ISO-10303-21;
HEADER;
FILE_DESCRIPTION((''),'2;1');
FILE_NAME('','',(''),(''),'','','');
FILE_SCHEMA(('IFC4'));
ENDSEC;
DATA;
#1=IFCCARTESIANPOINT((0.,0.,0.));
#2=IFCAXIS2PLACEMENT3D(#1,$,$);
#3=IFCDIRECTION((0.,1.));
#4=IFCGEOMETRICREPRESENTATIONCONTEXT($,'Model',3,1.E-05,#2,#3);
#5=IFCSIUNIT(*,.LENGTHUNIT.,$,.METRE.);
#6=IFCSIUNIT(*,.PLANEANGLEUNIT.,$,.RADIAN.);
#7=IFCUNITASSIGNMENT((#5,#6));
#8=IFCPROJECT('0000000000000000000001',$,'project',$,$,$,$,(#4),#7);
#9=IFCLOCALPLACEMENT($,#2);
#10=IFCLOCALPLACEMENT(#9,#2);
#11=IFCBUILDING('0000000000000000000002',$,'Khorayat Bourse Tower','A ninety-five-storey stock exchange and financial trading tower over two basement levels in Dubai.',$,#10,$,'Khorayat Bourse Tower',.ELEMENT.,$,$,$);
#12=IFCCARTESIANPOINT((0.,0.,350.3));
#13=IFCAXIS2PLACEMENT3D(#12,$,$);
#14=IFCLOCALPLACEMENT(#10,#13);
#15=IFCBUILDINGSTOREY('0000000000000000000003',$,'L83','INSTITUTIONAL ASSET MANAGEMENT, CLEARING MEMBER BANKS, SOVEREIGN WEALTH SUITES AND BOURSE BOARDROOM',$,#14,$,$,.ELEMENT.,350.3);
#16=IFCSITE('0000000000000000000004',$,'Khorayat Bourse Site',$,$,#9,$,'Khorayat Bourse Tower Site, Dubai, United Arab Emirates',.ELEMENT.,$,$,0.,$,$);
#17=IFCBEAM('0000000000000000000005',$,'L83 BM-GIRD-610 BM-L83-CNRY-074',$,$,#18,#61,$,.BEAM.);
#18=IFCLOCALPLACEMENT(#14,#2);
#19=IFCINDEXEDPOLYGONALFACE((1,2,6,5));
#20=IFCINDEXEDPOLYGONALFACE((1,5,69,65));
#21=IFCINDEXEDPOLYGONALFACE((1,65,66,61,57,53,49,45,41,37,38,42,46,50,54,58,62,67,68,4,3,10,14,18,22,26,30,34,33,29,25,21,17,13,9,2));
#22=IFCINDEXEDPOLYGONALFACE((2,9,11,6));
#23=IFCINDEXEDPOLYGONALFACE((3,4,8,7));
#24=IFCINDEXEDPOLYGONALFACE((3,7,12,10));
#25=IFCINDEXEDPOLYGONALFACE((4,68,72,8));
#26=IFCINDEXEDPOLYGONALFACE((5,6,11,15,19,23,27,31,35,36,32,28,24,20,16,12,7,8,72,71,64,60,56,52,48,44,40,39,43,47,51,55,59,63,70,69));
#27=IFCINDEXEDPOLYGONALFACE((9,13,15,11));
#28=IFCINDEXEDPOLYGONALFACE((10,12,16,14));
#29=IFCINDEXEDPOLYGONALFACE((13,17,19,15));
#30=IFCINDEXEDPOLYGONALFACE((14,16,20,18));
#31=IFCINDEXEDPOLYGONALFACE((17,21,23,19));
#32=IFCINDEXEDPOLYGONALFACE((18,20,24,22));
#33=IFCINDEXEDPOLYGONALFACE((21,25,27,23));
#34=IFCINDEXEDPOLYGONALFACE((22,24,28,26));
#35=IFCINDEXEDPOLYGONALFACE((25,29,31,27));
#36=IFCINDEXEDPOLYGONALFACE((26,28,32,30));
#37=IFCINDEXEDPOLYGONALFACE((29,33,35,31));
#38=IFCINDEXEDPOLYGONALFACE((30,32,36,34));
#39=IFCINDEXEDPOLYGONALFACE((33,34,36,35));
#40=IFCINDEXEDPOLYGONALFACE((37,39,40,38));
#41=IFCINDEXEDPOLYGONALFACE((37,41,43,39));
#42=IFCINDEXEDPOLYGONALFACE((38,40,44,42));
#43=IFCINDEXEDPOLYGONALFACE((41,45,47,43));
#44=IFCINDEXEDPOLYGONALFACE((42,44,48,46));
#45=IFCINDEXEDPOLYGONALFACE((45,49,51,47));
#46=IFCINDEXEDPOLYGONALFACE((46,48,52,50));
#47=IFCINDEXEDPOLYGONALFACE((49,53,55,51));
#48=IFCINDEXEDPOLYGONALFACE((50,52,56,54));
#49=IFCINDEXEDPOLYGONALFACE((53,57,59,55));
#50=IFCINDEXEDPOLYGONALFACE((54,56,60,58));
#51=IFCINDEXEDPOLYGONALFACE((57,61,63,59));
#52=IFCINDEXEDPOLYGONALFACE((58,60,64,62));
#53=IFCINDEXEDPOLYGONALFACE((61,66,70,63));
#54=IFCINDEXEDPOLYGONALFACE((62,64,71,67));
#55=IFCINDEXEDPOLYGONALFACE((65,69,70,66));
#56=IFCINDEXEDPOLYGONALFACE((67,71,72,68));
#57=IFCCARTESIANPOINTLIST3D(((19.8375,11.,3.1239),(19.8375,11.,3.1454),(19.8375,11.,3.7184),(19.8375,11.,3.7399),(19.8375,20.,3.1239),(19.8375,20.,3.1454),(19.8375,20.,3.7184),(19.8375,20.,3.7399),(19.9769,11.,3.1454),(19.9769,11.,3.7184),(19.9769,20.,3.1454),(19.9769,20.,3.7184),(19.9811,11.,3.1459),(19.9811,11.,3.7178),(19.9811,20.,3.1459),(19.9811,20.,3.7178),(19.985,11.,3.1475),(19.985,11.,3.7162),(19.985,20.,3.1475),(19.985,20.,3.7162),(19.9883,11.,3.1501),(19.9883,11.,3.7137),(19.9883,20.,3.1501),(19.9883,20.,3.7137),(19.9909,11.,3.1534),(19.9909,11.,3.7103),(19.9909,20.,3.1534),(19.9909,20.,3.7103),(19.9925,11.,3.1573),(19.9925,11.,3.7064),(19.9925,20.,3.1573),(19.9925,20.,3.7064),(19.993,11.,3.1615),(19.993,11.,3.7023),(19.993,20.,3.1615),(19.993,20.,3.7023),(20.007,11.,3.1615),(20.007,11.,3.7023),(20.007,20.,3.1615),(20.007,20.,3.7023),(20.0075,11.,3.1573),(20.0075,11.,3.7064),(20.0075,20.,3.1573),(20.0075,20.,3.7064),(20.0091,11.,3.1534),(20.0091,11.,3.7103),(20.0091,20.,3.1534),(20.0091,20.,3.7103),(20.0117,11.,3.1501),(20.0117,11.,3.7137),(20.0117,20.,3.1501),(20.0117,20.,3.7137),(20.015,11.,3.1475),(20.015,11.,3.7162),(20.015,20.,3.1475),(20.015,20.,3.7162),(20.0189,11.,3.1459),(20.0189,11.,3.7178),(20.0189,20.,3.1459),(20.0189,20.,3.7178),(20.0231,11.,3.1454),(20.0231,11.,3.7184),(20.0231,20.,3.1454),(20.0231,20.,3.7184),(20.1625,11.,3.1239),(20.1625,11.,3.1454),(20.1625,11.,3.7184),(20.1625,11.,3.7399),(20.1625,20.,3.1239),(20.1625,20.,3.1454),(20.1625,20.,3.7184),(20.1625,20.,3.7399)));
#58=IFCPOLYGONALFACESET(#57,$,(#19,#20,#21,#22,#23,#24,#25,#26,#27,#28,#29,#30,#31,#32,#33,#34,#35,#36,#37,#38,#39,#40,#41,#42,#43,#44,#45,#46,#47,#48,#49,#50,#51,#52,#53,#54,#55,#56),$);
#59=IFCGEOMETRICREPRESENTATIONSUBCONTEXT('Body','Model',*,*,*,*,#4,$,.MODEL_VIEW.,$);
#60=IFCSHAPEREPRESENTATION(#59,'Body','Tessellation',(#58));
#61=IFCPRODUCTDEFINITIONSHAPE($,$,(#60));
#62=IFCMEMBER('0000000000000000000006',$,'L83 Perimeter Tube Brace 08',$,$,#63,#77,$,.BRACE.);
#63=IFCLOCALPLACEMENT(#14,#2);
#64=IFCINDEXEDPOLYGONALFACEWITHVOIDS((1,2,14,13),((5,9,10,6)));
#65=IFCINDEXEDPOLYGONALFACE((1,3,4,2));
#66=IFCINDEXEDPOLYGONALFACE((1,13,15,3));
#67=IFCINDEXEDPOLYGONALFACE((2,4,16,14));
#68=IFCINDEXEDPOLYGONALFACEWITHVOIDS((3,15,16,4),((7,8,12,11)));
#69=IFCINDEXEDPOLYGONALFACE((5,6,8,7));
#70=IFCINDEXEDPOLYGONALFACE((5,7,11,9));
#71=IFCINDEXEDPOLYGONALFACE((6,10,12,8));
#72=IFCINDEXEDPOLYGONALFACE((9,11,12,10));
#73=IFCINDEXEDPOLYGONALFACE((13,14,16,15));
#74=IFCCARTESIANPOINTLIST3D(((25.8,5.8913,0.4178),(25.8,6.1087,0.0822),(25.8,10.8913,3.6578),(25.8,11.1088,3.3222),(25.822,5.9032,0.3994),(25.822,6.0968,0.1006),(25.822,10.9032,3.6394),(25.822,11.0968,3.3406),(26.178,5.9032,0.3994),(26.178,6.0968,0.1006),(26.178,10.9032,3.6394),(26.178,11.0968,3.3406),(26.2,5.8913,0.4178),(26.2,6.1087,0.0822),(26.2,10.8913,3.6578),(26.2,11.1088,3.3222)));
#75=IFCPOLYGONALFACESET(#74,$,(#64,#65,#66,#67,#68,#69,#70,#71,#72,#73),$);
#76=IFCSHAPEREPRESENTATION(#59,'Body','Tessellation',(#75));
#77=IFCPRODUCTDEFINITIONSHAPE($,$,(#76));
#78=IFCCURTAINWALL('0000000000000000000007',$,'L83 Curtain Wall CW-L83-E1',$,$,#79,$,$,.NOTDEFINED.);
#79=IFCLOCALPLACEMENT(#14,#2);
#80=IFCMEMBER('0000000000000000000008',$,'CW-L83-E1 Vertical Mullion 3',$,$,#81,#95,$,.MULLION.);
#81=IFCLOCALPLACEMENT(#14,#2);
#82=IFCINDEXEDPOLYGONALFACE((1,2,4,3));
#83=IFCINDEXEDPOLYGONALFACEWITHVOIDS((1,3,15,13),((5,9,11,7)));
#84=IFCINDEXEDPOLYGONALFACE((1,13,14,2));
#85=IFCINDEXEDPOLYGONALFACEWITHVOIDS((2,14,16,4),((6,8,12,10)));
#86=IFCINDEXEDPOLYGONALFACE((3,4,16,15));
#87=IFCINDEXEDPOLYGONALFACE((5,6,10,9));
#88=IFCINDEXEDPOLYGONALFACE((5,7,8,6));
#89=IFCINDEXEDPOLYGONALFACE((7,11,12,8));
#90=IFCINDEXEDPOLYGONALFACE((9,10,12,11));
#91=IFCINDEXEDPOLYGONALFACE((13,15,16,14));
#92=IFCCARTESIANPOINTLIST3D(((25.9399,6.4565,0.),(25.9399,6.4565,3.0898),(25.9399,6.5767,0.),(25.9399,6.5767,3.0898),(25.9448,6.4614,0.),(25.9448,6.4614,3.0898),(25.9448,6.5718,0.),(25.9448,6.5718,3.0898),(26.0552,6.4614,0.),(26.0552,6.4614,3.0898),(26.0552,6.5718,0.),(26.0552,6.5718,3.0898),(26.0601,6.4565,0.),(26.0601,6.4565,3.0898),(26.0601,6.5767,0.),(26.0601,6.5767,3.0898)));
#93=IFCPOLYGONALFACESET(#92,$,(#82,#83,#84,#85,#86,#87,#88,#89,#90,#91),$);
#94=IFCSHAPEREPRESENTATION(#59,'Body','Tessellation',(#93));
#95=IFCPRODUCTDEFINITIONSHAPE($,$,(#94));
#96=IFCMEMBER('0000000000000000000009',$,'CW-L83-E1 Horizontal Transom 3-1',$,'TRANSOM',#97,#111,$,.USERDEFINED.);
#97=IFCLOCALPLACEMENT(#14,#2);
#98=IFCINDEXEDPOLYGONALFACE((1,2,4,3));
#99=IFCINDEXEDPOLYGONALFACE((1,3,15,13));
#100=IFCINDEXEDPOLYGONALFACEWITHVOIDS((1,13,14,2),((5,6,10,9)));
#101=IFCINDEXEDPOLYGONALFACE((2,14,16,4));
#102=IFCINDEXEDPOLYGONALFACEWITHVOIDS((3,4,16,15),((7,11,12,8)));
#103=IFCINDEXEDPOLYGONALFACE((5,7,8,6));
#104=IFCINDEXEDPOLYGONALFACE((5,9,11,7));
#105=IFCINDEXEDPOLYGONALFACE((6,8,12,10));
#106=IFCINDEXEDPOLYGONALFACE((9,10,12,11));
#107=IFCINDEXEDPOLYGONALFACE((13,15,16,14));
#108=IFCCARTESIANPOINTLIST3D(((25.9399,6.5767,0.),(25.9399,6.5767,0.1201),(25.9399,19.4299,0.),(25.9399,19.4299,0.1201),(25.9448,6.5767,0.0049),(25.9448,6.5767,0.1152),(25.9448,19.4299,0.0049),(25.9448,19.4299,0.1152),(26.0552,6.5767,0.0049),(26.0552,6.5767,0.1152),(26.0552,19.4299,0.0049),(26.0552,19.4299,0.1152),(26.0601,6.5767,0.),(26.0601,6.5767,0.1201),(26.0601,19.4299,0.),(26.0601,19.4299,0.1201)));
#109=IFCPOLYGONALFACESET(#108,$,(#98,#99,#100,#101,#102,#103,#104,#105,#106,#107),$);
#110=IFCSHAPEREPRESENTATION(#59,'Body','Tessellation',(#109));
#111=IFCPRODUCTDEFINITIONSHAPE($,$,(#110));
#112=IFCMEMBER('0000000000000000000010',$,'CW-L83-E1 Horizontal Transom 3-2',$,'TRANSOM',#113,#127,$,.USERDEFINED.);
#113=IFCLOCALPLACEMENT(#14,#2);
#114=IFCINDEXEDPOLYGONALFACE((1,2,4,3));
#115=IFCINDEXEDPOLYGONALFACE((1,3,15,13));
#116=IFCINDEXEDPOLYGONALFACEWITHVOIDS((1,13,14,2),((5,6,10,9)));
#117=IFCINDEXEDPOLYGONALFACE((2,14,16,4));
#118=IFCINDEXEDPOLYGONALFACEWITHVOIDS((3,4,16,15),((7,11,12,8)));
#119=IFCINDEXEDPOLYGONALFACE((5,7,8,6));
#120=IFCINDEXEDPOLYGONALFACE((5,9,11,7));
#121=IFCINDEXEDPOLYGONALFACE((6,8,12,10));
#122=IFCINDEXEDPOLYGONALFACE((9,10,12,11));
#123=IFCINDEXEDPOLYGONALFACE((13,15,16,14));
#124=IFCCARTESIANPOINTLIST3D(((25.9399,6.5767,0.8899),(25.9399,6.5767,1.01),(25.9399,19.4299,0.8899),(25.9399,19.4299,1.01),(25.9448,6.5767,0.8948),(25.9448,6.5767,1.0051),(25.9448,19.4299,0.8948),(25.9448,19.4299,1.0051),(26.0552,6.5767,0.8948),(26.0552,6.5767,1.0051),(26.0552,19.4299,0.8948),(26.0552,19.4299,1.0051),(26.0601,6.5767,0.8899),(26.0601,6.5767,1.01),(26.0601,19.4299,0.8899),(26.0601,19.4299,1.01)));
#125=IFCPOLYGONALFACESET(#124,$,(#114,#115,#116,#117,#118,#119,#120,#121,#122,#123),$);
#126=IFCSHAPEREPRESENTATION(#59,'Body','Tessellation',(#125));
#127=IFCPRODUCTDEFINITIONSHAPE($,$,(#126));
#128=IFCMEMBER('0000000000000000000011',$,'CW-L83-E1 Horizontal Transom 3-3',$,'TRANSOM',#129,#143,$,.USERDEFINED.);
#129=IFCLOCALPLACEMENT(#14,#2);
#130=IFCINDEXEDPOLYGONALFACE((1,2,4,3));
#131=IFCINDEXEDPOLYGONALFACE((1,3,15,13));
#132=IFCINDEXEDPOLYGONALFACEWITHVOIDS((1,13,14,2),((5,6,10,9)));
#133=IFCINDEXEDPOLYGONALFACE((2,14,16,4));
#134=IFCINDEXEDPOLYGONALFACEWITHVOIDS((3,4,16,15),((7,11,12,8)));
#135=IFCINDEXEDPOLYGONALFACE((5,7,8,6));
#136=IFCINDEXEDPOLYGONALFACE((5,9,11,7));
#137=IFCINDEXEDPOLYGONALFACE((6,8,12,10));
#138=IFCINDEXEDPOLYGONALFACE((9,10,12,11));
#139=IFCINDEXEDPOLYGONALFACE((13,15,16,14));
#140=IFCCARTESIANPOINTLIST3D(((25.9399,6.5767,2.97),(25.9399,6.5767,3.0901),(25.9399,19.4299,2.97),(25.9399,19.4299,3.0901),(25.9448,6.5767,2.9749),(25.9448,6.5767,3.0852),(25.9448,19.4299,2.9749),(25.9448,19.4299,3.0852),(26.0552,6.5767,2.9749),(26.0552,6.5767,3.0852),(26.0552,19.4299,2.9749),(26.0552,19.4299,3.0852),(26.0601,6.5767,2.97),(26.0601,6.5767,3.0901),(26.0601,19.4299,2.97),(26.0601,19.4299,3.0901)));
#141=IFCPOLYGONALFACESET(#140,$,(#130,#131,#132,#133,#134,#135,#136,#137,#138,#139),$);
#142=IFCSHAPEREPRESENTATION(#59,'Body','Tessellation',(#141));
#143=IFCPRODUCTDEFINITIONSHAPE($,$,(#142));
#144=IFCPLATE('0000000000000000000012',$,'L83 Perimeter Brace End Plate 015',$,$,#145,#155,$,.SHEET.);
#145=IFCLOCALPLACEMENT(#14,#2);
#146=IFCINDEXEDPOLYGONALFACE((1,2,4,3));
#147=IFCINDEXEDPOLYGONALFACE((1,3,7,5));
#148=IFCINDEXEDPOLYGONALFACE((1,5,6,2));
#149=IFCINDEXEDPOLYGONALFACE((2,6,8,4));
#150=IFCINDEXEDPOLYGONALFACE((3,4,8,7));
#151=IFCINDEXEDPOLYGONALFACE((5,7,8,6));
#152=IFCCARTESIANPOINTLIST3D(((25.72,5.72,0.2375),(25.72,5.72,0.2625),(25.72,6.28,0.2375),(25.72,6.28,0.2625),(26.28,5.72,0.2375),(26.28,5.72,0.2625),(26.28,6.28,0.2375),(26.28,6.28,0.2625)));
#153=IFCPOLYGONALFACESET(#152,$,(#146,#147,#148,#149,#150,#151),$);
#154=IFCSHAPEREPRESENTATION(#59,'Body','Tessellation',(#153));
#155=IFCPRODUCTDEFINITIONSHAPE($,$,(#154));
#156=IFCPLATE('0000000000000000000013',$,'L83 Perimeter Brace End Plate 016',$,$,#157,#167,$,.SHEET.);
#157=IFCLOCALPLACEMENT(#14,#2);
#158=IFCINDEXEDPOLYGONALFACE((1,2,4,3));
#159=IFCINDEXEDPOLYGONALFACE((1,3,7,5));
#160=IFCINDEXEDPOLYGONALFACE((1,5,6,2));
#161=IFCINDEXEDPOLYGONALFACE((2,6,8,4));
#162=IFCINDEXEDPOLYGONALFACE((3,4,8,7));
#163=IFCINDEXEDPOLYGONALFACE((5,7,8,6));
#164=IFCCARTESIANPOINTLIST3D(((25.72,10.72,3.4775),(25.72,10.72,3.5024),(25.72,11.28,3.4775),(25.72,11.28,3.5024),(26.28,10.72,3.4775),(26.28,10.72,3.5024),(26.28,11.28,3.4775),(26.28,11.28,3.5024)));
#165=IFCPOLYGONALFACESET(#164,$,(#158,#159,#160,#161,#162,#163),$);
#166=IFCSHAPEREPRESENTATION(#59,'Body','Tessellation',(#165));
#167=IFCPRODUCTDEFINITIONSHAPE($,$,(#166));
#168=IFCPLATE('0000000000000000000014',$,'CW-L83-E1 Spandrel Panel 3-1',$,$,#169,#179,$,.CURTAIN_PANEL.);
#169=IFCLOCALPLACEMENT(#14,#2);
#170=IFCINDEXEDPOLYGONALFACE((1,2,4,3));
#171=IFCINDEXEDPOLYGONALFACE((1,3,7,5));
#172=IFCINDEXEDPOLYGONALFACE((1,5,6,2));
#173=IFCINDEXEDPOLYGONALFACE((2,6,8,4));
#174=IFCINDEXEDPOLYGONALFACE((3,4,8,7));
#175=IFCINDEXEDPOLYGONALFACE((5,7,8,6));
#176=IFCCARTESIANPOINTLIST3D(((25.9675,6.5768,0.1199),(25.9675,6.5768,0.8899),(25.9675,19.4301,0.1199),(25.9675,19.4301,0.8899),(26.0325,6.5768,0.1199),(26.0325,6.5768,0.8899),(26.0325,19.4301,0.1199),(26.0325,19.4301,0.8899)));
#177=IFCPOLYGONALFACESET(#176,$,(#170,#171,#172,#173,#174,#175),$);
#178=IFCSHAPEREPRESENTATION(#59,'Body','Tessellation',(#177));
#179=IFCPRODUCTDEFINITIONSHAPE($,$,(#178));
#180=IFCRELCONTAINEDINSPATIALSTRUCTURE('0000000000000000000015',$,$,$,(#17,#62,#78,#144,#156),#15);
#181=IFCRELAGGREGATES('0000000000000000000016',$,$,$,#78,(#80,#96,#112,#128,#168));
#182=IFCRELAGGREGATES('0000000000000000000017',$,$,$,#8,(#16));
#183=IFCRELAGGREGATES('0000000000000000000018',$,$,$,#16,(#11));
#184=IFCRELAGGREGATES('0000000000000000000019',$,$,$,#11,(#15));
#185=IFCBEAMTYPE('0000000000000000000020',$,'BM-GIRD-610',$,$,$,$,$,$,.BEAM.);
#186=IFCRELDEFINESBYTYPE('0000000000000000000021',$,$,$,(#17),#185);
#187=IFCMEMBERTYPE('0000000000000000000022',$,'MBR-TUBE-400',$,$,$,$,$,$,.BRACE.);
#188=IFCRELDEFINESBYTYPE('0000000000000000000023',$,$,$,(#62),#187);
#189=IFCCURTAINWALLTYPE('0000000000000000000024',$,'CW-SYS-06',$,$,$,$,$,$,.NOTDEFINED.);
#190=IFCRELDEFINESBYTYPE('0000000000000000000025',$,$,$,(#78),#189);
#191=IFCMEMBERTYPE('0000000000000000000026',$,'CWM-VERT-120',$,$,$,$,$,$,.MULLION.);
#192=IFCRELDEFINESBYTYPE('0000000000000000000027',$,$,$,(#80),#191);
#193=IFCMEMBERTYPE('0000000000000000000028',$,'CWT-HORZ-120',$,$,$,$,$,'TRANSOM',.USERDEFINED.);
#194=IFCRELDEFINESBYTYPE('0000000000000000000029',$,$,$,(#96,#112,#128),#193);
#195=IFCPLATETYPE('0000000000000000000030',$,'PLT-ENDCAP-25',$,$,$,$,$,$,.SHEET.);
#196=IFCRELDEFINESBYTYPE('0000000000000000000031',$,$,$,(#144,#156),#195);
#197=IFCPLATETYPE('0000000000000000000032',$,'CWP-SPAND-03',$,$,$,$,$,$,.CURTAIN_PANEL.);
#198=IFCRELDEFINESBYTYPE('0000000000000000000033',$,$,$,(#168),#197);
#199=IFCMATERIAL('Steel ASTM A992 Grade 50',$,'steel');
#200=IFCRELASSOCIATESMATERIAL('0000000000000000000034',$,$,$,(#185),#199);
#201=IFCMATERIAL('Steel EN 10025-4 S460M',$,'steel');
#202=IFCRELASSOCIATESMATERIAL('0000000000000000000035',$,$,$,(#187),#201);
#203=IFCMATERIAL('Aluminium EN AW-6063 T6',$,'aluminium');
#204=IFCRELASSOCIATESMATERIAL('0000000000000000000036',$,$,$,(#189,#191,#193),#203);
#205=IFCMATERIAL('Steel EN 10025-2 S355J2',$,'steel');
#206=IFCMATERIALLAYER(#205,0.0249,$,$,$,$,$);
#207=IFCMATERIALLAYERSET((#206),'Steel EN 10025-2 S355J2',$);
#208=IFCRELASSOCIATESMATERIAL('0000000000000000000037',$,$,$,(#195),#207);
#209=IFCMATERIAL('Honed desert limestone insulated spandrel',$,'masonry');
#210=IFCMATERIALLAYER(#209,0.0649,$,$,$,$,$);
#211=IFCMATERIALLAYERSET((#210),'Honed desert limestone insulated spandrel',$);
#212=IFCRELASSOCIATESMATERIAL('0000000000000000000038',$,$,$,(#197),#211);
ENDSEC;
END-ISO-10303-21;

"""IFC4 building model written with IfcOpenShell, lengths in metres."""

from ifc_helpers import new_model, si_unit, direction, frame, origin, origin_2d, place, context, subcontext, project, spatial, rectangle, hollow_rectangle, i_section, extrude, source, transform, mapped, material, layer, layer_set, material_profile, profile_set, type_object, element, aggregate, save


model = new_model("IFC4")

# Units and contexts
model_context = context("Model", 3, precision=1e-05, world=origin(), true_north=direction((0.0, 1.0)))
body_context = subcontext(model_context, "Body", "Model", "MODEL_VIEW")
ifc_project = project(units=[si_unit("LENGTHUNIT", "METRE"), si_unit("PLANEANGLEUNIT", "RADIAN")], contexts=[model_context])

# Site, building, storey
site_placement = place(None, origin())
site = spatial("IfcSite", under=ifc_project, at=site_placement, Name="Khorayat Bourse Site", LongName="Khorayat Bourse Tower Site, Dubai, United Arab Emirates", CompositionType="ELEMENT", RefElevation=0.0)
building_placement = place(site_placement, origin())
building = spatial("IfcBuilding", under=site, at=building_placement, Name="Khorayat Bourse Tower", Description="A ninety-five-storey stock exchange and financial trading tower over two basement levels in Dubai.", LongName="Khorayat Bourse Tower", CompositionType="ELEMENT")
storey_placement = place(building_placement, frame((0.0, 0.0, 350.3)))
storey = spatial("IfcBuildingStorey", under=building, at=storey_placement, Name="L83", Description="INSTITUTIONAL ASSET MANAGEMENT, CLEARING MEMBER BANKS, SOVEREIGN WEALTH SUITES AND BOURSE BOARDROOM", CompositionType="ELEMENT", Elevation=350.3)

# Shared definitions
ifc_material_1 = material(Name="Steel EN 10025-2 S355J2", Category="steel")

# Beam
ifc_material_2 = material(Name="Steel ASTM A992 Grade 50", Category="steel")
ifc_material_profile_1 = material_profile(ifc_material_2, i_section(OverallWidth=0.325, OverallDepth=0.616, WebThickness=0.0139, FlangeThickness=0.0215, FilletRadius=0.0161, at=origin_2d()), Name="W610X174")
ifc_profile_set_1 = profile_set([ifc_material_profile_1], Name="Steel ASTM A992 Grade 50")
beam_type_1 = type_object("IfcBeamType", Name="BM-GIRD-610", PredefinedType="BEAM", material=ifc_profile_set_1)
shared_shape_1 = source(origin(), body_context, "Body", "SweptSolid", [
    extrude(i_section(OverallWidth=0.325, OverallDepth=0.616, WebThickness=0.0139, FlangeThickness=0.0215, FilletRadius=0.0161, at=origin_2d()), origin(), (0.0, 0.0, 1.0), 9.0),
])
beam_1_placement = place(storey_placement, frame((20.0, 11.0, 3.4319), z_axis=(0.0, 1.0, 0.0), x_axis=(-1.0, 0.0, 0.0)))
element("IfcBeam", 1, at=beam_1_placement, inside=storey, type_object=beam_type_1, Name="L83 BM-GIRD-610 BM-L83-CNRY-074", PredefinedType="BEAM", context=body_context, shape_type="MappedRepresentation", body=[
    mapped(shared_shape_1, transform((0.0, 0.0, 0.0), scale=1.0)),
])

# Member
ifc_material_3 = material(Name="Steel EN 10025-4 S460M", Category="steel")
ifc_material_profile_2 = material_profile(ifc_material_3, hollow_rectangle(XDim=0.3999, YDim=0.3999, WallThickness=0.022, at=origin_2d()), Name="HSS 400x400x22")
ifc_profile_set_2 = profile_set([ifc_material_profile_2], Name="Steel EN 10025-4 S460M")
member_type_1 = type_object("IfcMemberType", Name="MBR-TUBE-400", PredefinedType="BRACE", material=ifc_profile_set_2)
shared_shape_2 = source(origin(), body_context, "Body", "SweptSolid", [
    extrude(hollow_rectangle(XDim=0.3999, YDim=0.3999, WallThickness=0.022, at=origin_2d()), origin(), (0.0, 0.0, 1.0), 5.958),
])
member_1_placement = place(storey_placement, frame((26.0, 6.0, 0.25), z_axis=(0.0, 0.83921, 0.543807), x_axis=(-1.0, 0.0, 0.0)))
element("IfcMember", 2, at=member_1_placement, inside=storey, type_object=member_type_1, Name="L83 Perimeter Tube Brace 08", PredefinedType="BRACE", context=body_context, shape_type="MappedRepresentation", body=[
    mapped(shared_shape_2, transform((0.0, 0.0, 0.0), scale=1.0)),
])

# Curtain wall, members
ifc_material_4 = material(Name="Aluminium EN AW-6063 T6", Category="aluminium")
curtain_wall_type = type_object("IfcCurtainWallType", Name="CW-SYS-06", PredefinedType="NOTDEFINED", material=ifc_material_4)
curtain_wall_placement = place(storey_placement, origin())
curtain_wall = element("IfcCurtainWall", 3, at=curtain_wall_placement, inside=storey, type_object=curtain_wall_type, Name="L83 Curtain Wall CW-L83-E1", PredefinedType="NOTDEFINED")
ifc_material_profile_3 = material_profile(ifc_material_4, hollow_rectangle(XDim=0.1201, YDim=0.1201, WallThickness=0.0049, at=origin_2d()), Name="ALU 120x120x5")
ifc_profile_set_3 = profile_set([ifc_material_profile_3], Name="Aluminium EN AW-6063 T6")
member_type_2 = type_object("IfcMemberType", Name="CWM-VERT-120", PredefinedType="MULLION", material=ifc_profile_set_3)
shared_shape_3 = source(origin(), body_context, "Body", "SweptSolid", [
    extrude(hollow_rectangle(XDim=0.1201, YDim=0.1201, WallThickness=0.0049, at=origin_2d()), origin(), (0.0, 0.0, 1.0), 3.0898),
])
member_2_placement = place(storey_placement, frame((26.0, 6.5166, 0.0), z_axis=(0.0, 0.0, 1.0), x_axis=(-1.0, 0.0, 0.0)))
member_2 = element("IfcMember", 4, at=member_2_placement, type_object=member_type_2, Name="CW-L83-E1 Vertical Mullion 3", PredefinedType="MULLION", context=body_context, shape_type="MappedRepresentation", body=[
    mapped(shared_shape_3, transform((0.0, 0.0, 0.0), scale=1.0)),
])
ifc_material_profile_4 = material_profile(ifc_material_4, hollow_rectangle(XDim=0.1201, YDim=0.1201, WallThickness=0.0049, at=origin_2d()), Name="ALU 120x120x5")
ifc_profile_set_4 = profile_set([ifc_material_profile_4], Name="Aluminium EN AW-6063 T6")
member_type_3 = type_object("IfcMemberType", Name="CWT-HORZ-120", ElementType="TRANSOM", PredefinedType="USERDEFINED", material=ifc_profile_set_4)
shared_shape_4 = source(origin(), body_context, "Body", "SweptSolid", [
    extrude(hollow_rectangle(XDim=0.1201, YDim=0.1201, WallThickness=0.0049, at=origin_2d()), origin(), (0.0, 0.0, 1.0), 12.8533),
])
member_3_placement = place(storey_placement, frame((26.0, 6.5767, 0.0601), z_axis=(0.0, 1.0, 0.0), x_axis=(-1.0, 0.0, 0.0)))
member_3 = element("IfcMember", 5, at=member_3_placement, type_object=member_type_3, Name="CW-L83-E1 Horizontal Transom 3-1", ObjectType="TRANSOM", PredefinedType="USERDEFINED", context=body_context, shape_type="MappedRepresentation", body=[
    mapped(shared_shape_4, transform((0.0, 0.0, 0.0), scale=1.0)),
])
member_4_placement = place(storey_placement, frame((26.0, 6.5767, 0.95), z_axis=(0.0, 1.0, 0.0), x_axis=(-1.0, 0.0, 0.0)))
member_4 = element("IfcMember", 6, at=member_4_placement, type_object=member_type_3, Name="CW-L83-E1 Horizontal Transom 3-2", ObjectType="TRANSOM", PredefinedType="USERDEFINED", context=body_context, shape_type="MappedRepresentation", body=[
    mapped(shared_shape_4, transform((0.0, 0.0, 0.0), scale=1.0)),
])
member_5_placement = place(storey_placement, frame((26.0, 6.5767, 3.03), z_axis=(0.0, 1.0, 0.0), x_axis=(-1.0, 0.0, 0.0)))
member_5 = element("IfcMember", 7, at=member_5_placement, type_object=member_type_3, Name="CW-L83-E1 Horizontal Transom 3-3", ObjectType="TRANSOM", PredefinedType="USERDEFINED", context=body_context, shape_type="MappedRepresentation", body=[
    mapped(shared_shape_4, transform((0.0, 0.0, 0.0), scale=1.0)),
])

# Plates
ifc_layer_1 = layer(ifc_material_1, 0.0249)
ifc_layer_set_1 = layer_set([ifc_layer_1], Name="Steel EN 10025-2 S355J2")
plate_type_1 = type_object("IfcPlateType", Name="PLT-ENDCAP-25", PredefinedType="SHEET", material=ifc_layer_set_1)
shared_shape_5 = source(origin(), body_context, "Body", "SweptSolid", [
    extrude(rectangle(XDim=0.5601, YDim=0.5601, at=origin_2d()), origin(), (0.0, 0.0, 1.0), 0.0249),
])
for number, where, z_axis, x_axis, name in (
    (8, (26.0, 6.0, 0.2375), (0.0, 0.0, 1.0), (1.0, 0.0, 0.0), "L83 Perimeter Brace End Plate 015"),
    (9, (26.0, 11.0, 3.4775), (0.0, 0.0, 1.0), (1.0, 0.0, 0.0), "L83 Perimeter Brace End Plate 016"),
):
    element("IfcPlate", number, at=place(storey_placement, frame(where, z_axis=z_axis, x_axis=x_axis)), inside=storey, type_object=plate_type_1, Name=name, PredefinedType="SHEET", context=body_context, shape_type="MappedRepresentation", body=[
        mapped(shared_shape_5, transform((0.0, 0.0, 0.0), scale=1.0)),
    ])

# Plate
ifc_material_5 = material(Name="Honed desert limestone insulated spandrel", Category="masonry")
ifc_layer_2 = layer(ifc_material_5, 0.0649)
ifc_layer_set_2 = layer_set([ifc_layer_2], Name="Honed desert limestone insulated spandrel")
plate_type_2 = type_object("IfcPlateType", Name="CWP-SPAND-03", PredefinedType="CURTAIN_PANEL", material=ifc_layer_set_2)
shared_shape_6 = source(origin(), body_context, "Body", "SweptSolid", [
    extrude(rectangle(XDim=12.8533, YDim=0.0649, at=origin_2d()), origin(), (0.0, 0.0, 1.0), 0.77),
])
plate_1_placement = place(storey_placement, frame((26.0, 13.0034, 0.1199), z_axis=(0.0, 0.0, 1.0), x_axis=(0.0, 1.0, 0.0)))
plate_1 = element("IfcPlate", 10, at=plate_1_placement, type_object=plate_type_2, Name="CW-L83-E1 Spandrel Panel 3-1", PredefinedType="CURTAIN_PANEL", context=body_context, shape_type="MappedRepresentation", body=[
    mapped(shared_shape_6, transform((0.0, 0.0, 0.0), scale=1.0)),
])
aggregate(curtain_wall, [member_2, member_3, member_4, member_5, plate_1])

save(model, "model.ifc")
